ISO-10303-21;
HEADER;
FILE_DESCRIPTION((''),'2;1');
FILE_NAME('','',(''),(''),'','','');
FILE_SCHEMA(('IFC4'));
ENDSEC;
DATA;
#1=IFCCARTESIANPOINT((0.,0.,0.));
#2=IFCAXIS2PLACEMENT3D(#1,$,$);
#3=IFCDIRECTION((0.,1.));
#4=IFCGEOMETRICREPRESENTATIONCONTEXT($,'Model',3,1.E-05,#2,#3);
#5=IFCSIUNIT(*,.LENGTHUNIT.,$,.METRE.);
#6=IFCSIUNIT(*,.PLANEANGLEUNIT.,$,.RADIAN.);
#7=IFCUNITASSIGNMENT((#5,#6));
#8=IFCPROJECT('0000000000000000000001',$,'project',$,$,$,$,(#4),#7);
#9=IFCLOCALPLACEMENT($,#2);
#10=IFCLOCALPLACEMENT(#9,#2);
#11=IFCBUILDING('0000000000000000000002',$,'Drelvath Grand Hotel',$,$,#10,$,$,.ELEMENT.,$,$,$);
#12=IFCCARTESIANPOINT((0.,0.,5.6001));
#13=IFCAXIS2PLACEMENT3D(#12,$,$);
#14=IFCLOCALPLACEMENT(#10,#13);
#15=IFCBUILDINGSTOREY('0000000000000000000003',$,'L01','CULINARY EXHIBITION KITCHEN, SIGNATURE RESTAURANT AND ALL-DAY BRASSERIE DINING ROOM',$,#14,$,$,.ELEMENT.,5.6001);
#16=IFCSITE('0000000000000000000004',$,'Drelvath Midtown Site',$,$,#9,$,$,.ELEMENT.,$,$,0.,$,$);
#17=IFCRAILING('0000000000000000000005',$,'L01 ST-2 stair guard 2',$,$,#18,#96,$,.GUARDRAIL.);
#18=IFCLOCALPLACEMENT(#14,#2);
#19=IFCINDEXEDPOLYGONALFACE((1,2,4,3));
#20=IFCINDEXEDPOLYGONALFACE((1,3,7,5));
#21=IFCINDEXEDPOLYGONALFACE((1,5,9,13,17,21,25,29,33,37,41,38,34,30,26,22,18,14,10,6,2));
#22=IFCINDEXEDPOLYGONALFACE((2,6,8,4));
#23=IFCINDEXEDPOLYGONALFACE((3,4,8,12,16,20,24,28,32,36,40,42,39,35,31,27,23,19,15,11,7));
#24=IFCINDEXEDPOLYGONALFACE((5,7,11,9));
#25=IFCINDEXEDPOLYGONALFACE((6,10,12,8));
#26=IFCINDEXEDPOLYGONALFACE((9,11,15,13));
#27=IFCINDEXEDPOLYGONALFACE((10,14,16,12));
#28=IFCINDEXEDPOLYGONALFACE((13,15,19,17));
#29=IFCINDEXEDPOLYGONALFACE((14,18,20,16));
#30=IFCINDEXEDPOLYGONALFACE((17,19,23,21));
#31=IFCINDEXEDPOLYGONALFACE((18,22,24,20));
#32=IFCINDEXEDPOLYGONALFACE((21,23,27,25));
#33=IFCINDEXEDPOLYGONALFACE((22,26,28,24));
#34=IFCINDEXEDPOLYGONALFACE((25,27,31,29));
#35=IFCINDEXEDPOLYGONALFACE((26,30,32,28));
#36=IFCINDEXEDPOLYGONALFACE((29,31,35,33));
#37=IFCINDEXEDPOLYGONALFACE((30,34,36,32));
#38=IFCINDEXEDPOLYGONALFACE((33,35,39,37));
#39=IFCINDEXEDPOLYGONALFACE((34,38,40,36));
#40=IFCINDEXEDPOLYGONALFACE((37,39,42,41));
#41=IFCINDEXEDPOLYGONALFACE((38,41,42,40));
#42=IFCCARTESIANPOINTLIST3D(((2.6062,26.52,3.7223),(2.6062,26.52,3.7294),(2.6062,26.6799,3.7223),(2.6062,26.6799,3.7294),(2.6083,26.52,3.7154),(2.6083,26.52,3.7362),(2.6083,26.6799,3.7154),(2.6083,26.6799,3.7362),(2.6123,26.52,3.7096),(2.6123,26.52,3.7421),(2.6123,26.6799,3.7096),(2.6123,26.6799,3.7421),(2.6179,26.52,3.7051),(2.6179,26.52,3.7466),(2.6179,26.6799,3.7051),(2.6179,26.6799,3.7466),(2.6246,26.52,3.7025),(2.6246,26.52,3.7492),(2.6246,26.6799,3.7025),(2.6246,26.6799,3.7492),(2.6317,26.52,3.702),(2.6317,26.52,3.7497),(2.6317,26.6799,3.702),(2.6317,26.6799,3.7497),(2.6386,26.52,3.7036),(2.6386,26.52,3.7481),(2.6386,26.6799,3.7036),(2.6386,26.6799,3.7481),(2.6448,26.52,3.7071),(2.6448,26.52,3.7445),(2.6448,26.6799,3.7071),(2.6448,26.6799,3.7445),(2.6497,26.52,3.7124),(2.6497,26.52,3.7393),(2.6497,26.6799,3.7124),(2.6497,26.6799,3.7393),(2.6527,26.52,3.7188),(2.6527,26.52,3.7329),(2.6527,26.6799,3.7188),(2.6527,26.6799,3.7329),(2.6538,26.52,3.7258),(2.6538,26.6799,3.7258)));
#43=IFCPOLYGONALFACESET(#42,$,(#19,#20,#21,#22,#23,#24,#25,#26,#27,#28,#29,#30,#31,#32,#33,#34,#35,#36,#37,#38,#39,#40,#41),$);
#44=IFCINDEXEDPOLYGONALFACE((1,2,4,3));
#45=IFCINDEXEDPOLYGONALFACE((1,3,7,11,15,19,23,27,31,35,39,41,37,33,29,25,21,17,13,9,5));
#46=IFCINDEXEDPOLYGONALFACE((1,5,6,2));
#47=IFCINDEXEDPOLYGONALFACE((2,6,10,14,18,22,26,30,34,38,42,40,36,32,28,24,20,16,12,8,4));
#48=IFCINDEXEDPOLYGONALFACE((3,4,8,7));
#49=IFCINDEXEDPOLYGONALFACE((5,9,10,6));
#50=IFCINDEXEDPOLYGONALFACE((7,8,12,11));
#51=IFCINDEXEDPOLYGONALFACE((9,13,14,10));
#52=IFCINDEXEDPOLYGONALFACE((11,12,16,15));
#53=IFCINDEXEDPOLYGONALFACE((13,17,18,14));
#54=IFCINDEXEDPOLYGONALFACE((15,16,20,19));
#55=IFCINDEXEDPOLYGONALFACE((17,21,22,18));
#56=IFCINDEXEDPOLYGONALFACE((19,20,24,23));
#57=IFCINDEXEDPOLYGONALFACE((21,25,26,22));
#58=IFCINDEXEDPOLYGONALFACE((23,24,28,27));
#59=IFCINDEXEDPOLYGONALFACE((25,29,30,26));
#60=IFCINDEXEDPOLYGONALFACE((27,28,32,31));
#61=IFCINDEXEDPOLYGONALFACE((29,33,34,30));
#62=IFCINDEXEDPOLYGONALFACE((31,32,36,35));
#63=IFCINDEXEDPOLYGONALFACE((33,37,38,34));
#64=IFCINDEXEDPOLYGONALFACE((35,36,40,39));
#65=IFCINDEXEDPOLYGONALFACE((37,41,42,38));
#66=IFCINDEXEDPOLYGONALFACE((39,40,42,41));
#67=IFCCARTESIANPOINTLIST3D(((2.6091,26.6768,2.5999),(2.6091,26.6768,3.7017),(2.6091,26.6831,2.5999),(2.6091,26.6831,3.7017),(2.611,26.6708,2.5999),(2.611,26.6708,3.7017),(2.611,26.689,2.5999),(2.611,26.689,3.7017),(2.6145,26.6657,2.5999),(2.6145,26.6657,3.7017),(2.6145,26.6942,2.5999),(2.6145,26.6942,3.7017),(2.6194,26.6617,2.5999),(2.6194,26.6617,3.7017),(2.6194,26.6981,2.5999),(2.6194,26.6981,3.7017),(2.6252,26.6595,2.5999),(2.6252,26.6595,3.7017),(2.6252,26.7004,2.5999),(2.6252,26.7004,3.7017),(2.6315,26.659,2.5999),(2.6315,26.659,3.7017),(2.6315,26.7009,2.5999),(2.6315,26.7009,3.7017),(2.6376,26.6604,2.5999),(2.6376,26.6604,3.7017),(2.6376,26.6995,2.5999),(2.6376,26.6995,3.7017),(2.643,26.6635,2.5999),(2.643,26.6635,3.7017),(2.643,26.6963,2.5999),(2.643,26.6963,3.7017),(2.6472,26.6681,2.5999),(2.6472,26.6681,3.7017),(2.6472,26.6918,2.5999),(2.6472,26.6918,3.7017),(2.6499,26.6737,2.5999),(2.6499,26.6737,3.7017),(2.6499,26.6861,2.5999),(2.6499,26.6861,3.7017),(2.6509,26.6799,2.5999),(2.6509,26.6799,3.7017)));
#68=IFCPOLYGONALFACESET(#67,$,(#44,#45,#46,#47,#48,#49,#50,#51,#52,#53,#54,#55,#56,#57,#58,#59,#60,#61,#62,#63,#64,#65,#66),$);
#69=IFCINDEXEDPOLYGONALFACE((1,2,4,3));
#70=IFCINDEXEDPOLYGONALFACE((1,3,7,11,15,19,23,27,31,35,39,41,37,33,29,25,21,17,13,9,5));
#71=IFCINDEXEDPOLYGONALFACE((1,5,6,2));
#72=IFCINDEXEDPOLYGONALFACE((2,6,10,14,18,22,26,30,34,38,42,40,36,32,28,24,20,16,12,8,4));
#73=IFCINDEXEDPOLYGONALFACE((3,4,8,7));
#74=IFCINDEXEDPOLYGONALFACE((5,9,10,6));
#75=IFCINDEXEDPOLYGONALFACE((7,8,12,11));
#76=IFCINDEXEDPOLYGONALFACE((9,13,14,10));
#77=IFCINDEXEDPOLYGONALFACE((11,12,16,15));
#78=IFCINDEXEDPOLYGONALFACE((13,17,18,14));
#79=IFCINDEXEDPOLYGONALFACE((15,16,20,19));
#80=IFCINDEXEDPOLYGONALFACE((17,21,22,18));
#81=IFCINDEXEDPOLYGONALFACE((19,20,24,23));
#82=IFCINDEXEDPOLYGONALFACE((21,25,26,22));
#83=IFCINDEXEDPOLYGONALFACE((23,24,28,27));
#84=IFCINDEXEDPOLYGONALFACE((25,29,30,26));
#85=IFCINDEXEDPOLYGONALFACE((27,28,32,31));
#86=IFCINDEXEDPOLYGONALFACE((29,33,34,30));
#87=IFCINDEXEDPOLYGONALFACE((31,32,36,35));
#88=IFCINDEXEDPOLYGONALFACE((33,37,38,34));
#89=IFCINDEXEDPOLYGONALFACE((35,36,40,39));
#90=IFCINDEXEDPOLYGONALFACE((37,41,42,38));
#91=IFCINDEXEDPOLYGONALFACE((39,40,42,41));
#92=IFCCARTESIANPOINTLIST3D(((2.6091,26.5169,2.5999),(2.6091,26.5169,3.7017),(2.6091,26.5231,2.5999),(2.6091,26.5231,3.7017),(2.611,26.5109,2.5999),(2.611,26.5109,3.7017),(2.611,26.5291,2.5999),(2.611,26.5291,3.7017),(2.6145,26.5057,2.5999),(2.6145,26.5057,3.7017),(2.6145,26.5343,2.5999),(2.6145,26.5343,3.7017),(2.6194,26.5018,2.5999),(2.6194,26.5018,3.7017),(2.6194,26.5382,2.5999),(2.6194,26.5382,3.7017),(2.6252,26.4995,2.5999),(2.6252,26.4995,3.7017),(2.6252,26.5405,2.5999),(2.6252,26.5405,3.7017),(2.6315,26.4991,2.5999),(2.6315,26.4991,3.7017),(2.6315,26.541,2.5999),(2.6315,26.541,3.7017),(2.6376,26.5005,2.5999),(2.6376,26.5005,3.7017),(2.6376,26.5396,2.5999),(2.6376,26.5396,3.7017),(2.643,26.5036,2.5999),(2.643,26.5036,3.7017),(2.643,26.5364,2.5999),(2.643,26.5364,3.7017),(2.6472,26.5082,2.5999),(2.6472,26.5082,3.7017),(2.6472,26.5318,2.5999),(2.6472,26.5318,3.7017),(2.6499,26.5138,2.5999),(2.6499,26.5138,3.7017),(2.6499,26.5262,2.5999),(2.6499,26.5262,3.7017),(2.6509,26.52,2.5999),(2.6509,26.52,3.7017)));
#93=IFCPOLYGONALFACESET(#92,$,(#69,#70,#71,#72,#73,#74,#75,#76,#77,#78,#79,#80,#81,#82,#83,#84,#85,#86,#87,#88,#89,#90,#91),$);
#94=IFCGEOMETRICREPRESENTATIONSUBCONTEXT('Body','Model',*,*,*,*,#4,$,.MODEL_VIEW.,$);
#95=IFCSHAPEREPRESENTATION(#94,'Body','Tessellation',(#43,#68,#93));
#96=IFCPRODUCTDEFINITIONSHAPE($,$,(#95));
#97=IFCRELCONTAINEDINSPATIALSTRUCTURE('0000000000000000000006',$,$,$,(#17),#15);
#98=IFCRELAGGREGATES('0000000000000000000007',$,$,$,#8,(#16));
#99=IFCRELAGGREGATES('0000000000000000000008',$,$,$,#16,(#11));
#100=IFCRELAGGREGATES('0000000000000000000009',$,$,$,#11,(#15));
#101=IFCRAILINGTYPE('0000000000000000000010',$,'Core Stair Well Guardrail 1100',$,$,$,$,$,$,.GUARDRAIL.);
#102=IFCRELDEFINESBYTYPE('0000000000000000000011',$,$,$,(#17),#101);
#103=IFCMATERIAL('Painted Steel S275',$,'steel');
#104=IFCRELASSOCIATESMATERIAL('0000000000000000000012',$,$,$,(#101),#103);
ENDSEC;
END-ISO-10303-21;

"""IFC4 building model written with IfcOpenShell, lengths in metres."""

from ifc_helpers import new_model, si_unit, direction, frame, origin, origin_2d, place, context, subcontext, project, spatial, circle, extrude, material, type_object, element, save


model = new_model("IFC4")

# Units and contexts
model_context = context("Model", 3, precision=1e-05, world=origin(), true_north=direction((0.0, 1.0)))
body_context = subcontext(model_context, "Body", "Model", "MODEL_VIEW")
ifc_project = project(units=[si_unit("LENGTHUNIT", "METRE"), si_unit("PLANEANGLEUNIT", "RADIAN")], contexts=[model_context])

# Site, building, storey
site_placement = place(None, origin())
site = spatial("IfcSite", under=ifc_project, at=site_placement, Name="Drelvath Midtown Site", CompositionType="ELEMENT", RefElevation=0.0)
building_placement = place(site_placement, origin())
building = spatial("IfcBuilding", under=site, at=building_placement, Name="Drelvath Grand Hotel", CompositionType="ELEMENT")
storey_placement = place(building_placement, frame((0.0, 0.0, 5.6001)))
storey = spatial("IfcBuildingStorey", under=building, at=storey_placement, Name="L01", Description="CULINARY EXHIBITION KITCHEN, SIGNATURE RESTAURANT AND ALL-DAY BRASSERIE DINING ROOM", CompositionType="ELEMENT", Elevation=5.6001)

# Shared definitions
ifc_material_1 = material(Name="Painted Steel S275", Category="steel")

# Railing
railing_type_1 = type_object("IfcRailingType", Name="Core Stair Well Guardrail 1100", PredefinedType="GUARDRAIL", material=ifc_material_1)
railing_1_placement = place(storey_placement, frame((2.6299, 26.6799, 2.5999)))
element("IfcRailing", 1, at=railing_1_placement, inside=storey, type_object=railing_type_1, Name="L01 ST-2 stair guard 2", PredefinedType="GUARDRAIL", context=body_context, shape_type="SweptSolid", body=[
    extrude(circle(Radius=0.0239, at=origin_2d()), frame((0.0, 0.0, 1.126), z_axis=(0.0, -1.0, 0.0), x_axis=(1.0, 0.0, 0.0)), (0.0, 0.0, 1.0), 0.1599),
    extrude(circle(Radius=0.021, at=origin_2d()), origin(), (0.0, 0.0, 1.0), 1.1018),
    extrude(circle(Radius=0.021, at=origin_2d()), frame((0.0, -0.1599, 0.0)), (0.0, 0.0, 1.0), 1.1018),
])

save(model, "model.ifc")
